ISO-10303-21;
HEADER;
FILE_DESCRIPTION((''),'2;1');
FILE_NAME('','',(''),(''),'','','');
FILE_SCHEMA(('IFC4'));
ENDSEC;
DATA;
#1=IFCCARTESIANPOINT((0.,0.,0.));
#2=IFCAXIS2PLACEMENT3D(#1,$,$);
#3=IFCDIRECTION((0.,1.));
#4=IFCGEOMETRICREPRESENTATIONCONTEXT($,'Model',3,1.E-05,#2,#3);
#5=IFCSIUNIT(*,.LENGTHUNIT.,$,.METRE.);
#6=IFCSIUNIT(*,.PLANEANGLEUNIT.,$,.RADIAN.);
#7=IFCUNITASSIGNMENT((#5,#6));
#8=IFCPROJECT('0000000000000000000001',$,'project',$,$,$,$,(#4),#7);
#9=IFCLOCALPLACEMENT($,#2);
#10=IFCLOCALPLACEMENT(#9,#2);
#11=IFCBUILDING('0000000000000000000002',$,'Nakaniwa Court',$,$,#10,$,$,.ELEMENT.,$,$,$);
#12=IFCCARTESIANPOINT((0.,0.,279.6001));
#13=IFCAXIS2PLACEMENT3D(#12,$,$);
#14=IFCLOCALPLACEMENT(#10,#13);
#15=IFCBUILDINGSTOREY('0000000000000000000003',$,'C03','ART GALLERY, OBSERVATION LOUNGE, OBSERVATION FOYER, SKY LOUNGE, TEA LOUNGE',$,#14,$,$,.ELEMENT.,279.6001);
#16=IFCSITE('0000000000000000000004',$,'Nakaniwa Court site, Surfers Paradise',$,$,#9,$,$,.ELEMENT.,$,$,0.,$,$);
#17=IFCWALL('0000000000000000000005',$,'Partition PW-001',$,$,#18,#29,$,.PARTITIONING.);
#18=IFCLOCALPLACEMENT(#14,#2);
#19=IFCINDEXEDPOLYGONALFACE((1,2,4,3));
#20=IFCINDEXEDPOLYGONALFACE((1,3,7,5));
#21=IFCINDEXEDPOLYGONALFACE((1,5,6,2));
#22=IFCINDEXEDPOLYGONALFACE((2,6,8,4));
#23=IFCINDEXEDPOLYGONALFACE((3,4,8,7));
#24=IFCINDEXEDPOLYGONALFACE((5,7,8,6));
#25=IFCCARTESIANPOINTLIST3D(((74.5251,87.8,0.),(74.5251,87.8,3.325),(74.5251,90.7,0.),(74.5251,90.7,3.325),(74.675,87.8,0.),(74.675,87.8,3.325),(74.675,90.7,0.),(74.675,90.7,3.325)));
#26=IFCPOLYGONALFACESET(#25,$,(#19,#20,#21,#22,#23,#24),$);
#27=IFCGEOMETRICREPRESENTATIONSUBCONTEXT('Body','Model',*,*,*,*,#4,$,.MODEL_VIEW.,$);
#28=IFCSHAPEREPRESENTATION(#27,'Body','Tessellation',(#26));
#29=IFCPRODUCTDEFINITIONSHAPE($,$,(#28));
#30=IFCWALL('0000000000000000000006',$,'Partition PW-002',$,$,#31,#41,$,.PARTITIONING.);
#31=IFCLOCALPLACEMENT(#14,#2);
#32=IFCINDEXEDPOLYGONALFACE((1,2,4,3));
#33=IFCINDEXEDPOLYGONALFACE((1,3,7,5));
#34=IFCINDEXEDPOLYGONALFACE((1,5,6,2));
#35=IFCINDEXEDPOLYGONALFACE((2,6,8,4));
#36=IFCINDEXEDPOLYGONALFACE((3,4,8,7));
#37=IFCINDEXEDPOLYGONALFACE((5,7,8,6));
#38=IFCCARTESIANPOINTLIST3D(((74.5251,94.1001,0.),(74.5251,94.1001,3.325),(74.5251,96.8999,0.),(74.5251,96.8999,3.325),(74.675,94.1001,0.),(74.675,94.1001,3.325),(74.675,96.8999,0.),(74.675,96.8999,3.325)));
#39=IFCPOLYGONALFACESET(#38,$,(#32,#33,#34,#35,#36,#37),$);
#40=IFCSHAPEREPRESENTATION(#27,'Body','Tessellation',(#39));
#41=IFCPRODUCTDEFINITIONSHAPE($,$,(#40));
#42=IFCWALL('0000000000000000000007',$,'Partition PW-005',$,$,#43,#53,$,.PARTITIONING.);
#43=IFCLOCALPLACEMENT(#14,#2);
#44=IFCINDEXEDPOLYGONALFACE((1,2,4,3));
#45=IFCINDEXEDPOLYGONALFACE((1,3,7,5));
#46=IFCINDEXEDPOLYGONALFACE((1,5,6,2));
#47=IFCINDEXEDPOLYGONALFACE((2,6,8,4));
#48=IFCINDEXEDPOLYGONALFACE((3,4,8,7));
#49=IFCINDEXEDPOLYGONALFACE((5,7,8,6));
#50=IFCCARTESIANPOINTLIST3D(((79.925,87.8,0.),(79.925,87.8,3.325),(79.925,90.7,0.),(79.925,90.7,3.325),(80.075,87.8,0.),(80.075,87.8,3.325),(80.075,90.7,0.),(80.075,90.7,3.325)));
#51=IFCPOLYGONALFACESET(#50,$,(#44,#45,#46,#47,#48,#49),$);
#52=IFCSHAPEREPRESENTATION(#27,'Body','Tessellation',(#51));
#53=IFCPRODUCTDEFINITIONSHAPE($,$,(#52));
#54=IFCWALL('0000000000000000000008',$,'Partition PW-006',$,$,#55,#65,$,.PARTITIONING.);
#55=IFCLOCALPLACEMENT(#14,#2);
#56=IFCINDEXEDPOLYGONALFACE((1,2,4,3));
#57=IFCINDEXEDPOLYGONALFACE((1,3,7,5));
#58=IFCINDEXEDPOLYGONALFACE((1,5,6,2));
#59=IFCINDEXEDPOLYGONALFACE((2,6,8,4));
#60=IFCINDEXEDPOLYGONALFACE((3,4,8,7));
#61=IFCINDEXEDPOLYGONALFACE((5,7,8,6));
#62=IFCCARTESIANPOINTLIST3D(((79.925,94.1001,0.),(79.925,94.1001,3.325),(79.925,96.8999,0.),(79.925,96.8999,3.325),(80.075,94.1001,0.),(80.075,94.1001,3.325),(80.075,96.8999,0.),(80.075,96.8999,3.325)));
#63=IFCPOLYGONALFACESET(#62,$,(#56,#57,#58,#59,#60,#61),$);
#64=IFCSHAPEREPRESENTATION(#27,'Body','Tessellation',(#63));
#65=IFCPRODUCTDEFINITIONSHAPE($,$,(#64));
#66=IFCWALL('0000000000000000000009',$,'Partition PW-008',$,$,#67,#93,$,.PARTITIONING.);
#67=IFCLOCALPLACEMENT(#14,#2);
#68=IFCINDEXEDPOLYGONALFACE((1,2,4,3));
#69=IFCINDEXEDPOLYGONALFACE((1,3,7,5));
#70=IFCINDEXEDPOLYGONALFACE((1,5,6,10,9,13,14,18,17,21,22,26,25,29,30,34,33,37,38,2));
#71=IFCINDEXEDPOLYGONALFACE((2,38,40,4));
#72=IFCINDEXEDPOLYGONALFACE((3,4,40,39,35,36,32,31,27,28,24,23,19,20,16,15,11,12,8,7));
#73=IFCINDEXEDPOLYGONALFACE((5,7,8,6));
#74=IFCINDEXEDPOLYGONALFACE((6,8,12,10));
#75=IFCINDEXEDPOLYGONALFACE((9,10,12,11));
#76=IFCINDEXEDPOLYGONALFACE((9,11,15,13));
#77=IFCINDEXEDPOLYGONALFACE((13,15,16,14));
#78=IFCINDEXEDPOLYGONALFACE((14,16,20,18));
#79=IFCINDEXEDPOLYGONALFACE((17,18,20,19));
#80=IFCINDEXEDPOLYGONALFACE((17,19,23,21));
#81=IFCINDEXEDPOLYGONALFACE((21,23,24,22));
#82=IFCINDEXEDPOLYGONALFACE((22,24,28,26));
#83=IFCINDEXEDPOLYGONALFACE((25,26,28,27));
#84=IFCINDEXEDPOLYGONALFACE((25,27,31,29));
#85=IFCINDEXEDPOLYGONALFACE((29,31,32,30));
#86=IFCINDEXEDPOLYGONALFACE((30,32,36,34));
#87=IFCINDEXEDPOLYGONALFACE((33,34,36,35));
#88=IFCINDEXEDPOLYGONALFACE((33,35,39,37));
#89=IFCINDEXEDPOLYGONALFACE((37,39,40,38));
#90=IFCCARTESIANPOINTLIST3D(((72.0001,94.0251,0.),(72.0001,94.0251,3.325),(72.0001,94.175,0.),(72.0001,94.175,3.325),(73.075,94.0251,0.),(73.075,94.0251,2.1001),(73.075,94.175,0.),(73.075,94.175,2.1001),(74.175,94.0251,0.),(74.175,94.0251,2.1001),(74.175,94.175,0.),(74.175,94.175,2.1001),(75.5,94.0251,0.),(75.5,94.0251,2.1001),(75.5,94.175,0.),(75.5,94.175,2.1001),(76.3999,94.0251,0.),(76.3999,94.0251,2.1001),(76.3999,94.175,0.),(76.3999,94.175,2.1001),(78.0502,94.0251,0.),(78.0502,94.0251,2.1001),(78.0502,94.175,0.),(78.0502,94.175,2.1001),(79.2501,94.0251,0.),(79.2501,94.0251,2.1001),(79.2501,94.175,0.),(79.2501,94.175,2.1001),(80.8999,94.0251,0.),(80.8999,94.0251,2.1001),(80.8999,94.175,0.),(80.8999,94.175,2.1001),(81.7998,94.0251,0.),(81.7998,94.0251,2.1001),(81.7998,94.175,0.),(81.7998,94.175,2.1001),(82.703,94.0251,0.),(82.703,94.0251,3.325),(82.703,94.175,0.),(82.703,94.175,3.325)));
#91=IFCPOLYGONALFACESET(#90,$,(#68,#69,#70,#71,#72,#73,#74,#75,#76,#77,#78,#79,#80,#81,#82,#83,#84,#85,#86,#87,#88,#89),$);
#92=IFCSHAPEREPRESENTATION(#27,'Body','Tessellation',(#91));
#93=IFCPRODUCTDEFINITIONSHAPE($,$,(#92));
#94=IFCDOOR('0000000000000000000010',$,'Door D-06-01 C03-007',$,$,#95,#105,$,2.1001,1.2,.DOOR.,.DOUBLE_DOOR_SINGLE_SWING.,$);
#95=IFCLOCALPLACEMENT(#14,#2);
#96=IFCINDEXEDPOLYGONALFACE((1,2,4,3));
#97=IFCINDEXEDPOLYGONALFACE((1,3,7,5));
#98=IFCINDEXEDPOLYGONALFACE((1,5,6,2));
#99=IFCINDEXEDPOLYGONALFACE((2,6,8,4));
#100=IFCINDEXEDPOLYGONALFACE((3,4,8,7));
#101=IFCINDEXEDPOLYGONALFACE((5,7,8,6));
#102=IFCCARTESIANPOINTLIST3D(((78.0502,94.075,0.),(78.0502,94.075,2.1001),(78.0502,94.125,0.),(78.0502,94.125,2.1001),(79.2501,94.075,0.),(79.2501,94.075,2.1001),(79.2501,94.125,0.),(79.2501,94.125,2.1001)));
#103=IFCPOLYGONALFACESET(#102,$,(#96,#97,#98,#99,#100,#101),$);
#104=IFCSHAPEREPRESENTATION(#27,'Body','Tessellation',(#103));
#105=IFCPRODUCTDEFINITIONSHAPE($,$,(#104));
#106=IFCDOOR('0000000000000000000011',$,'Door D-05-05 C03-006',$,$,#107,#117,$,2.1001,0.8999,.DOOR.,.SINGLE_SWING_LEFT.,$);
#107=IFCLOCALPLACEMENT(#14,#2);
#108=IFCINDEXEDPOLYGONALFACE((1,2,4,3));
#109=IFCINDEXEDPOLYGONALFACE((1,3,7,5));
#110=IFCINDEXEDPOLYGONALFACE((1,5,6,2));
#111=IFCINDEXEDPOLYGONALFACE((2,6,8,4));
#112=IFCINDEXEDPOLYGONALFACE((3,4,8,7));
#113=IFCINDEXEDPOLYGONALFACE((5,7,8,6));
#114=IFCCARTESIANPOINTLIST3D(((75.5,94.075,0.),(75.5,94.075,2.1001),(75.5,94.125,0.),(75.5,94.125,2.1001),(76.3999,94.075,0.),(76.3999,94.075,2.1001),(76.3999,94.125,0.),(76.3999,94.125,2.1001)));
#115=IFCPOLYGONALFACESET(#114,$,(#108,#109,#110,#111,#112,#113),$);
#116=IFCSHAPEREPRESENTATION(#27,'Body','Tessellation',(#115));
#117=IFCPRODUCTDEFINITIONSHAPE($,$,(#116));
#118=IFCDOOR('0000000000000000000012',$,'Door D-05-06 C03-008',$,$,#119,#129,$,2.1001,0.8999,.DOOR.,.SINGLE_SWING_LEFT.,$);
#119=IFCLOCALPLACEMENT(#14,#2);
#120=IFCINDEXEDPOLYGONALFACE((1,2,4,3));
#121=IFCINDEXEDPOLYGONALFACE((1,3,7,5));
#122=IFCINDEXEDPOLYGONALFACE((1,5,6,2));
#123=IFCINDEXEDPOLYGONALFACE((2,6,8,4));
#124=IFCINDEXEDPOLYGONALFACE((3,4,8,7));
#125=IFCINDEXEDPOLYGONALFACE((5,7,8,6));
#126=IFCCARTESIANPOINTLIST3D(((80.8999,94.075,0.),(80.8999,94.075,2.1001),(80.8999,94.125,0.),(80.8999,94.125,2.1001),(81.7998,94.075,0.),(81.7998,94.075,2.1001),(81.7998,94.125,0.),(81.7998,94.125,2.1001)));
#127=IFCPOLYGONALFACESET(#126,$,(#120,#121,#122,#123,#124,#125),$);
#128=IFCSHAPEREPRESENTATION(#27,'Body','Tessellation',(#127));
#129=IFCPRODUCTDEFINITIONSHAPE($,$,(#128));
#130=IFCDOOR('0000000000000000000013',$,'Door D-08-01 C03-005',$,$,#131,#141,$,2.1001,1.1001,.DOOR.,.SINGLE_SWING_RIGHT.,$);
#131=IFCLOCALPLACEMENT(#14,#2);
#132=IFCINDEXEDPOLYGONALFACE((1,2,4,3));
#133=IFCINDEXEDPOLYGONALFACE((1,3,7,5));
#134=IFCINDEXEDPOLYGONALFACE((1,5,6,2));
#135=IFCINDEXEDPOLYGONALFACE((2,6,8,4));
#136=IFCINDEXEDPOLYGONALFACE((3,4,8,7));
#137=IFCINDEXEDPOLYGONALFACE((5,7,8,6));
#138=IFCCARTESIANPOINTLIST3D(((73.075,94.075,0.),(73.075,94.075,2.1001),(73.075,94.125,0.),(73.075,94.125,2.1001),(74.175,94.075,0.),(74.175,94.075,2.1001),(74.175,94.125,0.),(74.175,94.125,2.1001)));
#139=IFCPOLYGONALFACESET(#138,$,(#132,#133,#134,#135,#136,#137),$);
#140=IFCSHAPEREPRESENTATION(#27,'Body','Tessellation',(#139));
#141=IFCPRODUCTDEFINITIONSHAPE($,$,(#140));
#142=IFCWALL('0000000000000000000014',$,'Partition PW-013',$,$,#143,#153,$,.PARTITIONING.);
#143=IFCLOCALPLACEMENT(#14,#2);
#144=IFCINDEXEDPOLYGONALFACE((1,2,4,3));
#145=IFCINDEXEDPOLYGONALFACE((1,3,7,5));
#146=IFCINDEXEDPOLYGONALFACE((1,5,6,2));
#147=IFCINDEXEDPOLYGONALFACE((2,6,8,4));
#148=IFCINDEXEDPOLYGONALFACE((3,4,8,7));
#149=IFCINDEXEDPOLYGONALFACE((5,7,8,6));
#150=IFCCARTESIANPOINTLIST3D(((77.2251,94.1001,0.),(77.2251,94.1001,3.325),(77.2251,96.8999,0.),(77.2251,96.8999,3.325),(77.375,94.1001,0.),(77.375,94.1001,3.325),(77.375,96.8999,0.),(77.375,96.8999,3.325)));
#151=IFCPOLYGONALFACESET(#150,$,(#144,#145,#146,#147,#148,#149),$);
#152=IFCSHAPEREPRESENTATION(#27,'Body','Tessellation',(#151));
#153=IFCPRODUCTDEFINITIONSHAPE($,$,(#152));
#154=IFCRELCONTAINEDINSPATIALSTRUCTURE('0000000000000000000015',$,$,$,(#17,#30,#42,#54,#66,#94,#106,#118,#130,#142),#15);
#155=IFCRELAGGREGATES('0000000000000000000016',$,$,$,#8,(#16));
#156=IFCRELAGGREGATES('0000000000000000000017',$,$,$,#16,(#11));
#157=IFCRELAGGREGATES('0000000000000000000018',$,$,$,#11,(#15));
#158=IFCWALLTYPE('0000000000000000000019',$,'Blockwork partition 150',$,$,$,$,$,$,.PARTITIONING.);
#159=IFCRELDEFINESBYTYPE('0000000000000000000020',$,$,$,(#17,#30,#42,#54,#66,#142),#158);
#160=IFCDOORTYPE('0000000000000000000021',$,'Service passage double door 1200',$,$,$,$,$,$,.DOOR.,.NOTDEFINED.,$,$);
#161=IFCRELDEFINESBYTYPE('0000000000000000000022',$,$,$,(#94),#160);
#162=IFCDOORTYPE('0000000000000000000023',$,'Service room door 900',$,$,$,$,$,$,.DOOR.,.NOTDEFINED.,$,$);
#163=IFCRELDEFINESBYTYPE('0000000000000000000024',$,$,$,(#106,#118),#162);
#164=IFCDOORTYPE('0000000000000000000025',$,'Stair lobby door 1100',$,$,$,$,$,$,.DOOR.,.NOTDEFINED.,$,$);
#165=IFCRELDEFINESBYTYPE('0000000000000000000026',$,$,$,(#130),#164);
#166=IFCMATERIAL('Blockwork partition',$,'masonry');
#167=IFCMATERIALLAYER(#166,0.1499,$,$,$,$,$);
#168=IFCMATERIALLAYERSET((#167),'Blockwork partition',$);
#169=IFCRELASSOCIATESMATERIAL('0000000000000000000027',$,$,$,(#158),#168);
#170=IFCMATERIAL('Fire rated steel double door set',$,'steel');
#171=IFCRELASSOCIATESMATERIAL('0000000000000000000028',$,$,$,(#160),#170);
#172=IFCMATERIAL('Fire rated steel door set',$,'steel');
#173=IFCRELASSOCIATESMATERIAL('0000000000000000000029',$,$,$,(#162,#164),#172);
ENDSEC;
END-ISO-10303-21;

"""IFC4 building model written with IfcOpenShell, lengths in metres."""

from ifc_helpers import new_model, si_unit, direction, frame, frame_2d, origin, place, context, subcontext, project, spatial, rectangle, extrude, material, layer, layer_set, type_object, element, fill, save


model = new_model("IFC4")

# Units and contexts
model_context = context("Model", 3, precision=1e-05, world=origin(), true_north=direction((0.0, 1.0)))
body_context = subcontext(model_context, "Body", "Model", "MODEL_VIEW")
ifc_project = project(units=[si_unit("LENGTHUNIT", "METRE"), si_unit("PLANEANGLEUNIT", "RADIAN")], contexts=[model_context])

# Site, building, storey
site_placement = place(None, origin())
site = spatial("IfcSite", under=ifc_project, at=site_placement, Name="Nakaniwa Court site, Surfers Paradise", CompositionType="ELEMENT", RefElevation=0.0)
building_placement = place(site_placement, origin())
building = spatial("IfcBuilding", under=site, at=building_placement, Name="Nakaniwa Court", CompositionType="ELEMENT")
storey_placement = place(building_placement, frame((0.0, 0.0, 279.6001)))
storey = spatial("IfcBuildingStorey", under=building, at=storey_placement, Name="C03", Description="ART GALLERY, OBSERVATION LOUNGE, OBSERVATION FOYER, SKY LOUNGE, TEA LOUNGE", CompositionType="ELEMENT", Elevation=279.6001)

# Walls
ifc_material_1 = material(Name="Blockwork partition", Category="masonry")
ifc_layer_1 = layer(ifc_material_1, 0.1499)
ifc_layer_set_1 = layer_set([ifc_layer_1], Name="Blockwork partition")
wall_type_1 = type_object("IfcWallType", Name="Blockwork partition 150", PredefinedType="PARTITIONING", material=ifc_layer_set_1)
wall_1_placement = place(storey_placement, frame((74.6001, 87.8, 0.0), z_axis=(0.0, 0.0, 1.0), x_axis=(0.0, 1.0, 0.0)))
element("IfcWall", 1, at=wall_1_placement, inside=storey, type_object=wall_type_1, Name="Partition PW-001", PredefinedType="PARTITIONING", context=body_context, shape_type="SweptSolid", body=[
    extrude(rectangle(XDim=2.8999, YDim=0.1499, at=frame_2d((1.45, 0.0))), origin(), (0.0, 0.0, 1.0), 3.325),
])
wall_2_placement = place(storey_placement, frame((74.6001, 94.1001, 0.0), z_axis=(0.0, 0.0, 1.0), x_axis=(0.0, 1.0, 0.0)))
element("IfcWall", 2, at=wall_2_placement, inside=storey, type_object=wall_type_1, Name="Partition PW-002", PredefinedType="PARTITIONING", context=body_context, shape_type="SweptSolid", body=[
    extrude(rectangle(XDim=2.7998, YDim=0.1499, at=frame_2d((1.3999, 0.0))), origin(), (0.0, 0.0, 1.0), 3.325),
])
wall_3_placement = place(storey_placement, frame((80.0, 87.8, 0.0), z_axis=(0.0, 0.0, 1.0), x_axis=(0.0, 1.0, 0.0)))
element("IfcWall", 3, at=wall_3_placement, inside=storey, type_object=wall_type_1, Name="Partition PW-005", PredefinedType="PARTITIONING", context=body_context, shape_type="SweptSolid", body=[
    extrude(rectangle(XDim=2.8999, YDim=0.1499, at=frame_2d((1.45, 0.0))), origin(), (0.0, 0.0, 1.0), 3.325),
])
wall_4_placement = place(storey_placement, frame((80.0, 94.1001, 0.0), z_axis=(0.0, 0.0, 1.0), x_axis=(0.0, 1.0, 0.0)))
element("IfcWall", 4, at=wall_4_placement, inside=storey, type_object=wall_type_1, Name="Partition PW-006", PredefinedType="PARTITIONING", context=body_context, shape_type="SweptSolid", body=[
    extrude(rectangle(XDim=2.7998, YDim=0.1499, at=frame_2d((1.3999, 0.0))), origin(), (0.0, 0.0, 1.0), 3.325),
])

# Wall, openings, doors
wall_5_placement = place(storey_placement, frame((72.0, 94.1001, 0.0), z_axis=(0.0, 0.0, 1.0), x_axis=(1.0, 0.0, 0.0)))
wall_5 = element("IfcWall", 5, at=wall_5_placement, inside=storey, type_object=wall_type_1, Name="Partition PW-008", PredefinedType="PARTITIONING", context=body_context, shape_type="SweptSolid", body=[
    extrude(rectangle(XDim=10.7029, YDim=0.1499, at=frame_2d((5.3516, 0.0))), origin(), (0.0, 0.0, 1.0), 3.325),
])
opening_1_placement = place(wall_5_placement, frame((1.075, 0.0, 0.0)))
opening_1 = element("IfcOpeningElement", 6, at=opening_1_placement, cuts=wall_5, PredefinedType="OPENING", context=body_context, shape_type="SweptSolid", body=[
    extrude(rectangle(XDim=1.1001, YDim=2.1001, at=frame_2d((0.55, 1.05))), frame((0.0, 0.085, 0.0), z_axis=(0.0, -1.0, 0.0), x_axis=(1.0, 0.0, 0.0)), (0.0, 0.0, 1.0), 0.1699),
])
opening_2_placement = place(wall_5_placement, frame((3.5, 0.0, 0.0)))
opening_2 = element("IfcOpeningElement", 7, at=opening_2_placement, cuts=wall_5, PredefinedType="OPENING", context=body_context, shape_type="SweptSolid", body=[
    extrude(rectangle(XDim=0.8999, YDim=2.1001, at=frame_2d((0.45, 1.05))), frame((0.0, 0.085, 0.0), z_axis=(0.0, -1.0, 0.0), x_axis=(1.0, 0.0, 0.0)), (0.0, 0.0, 1.0), 0.1699),
])
opening_3_placement = place(wall_5_placement, frame((6.05, 0.0, 0.0)))
opening_3 = element("IfcOpeningElement", 8, at=opening_3_placement, cuts=wall_5, PredefinedType="OPENING", context=body_context, shape_type="SweptSolid", body=[
    extrude(rectangle(XDim=1.2, YDim=2.1001, at=frame_2d((0.6001, 1.05))), frame((0.0, 0.085, 0.0), z_axis=(0.0, -1.0, 0.0), x_axis=(1.0, 0.0, 0.0)), (0.0, 0.0, 1.0), 0.1699),
])
opening_4_placement = place(wall_5_placement, frame((8.8999, 0.0, 0.0)))
opening_4 = element("IfcOpeningElement", 9, at=opening_4_placement, cuts=wall_5, PredefinedType="OPENING", context=body_context, shape_type="SweptSolid", body=[
    extrude(rectangle(XDim=0.8999, YDim=2.1001, at=frame_2d((0.45, 1.05))), frame((0.0, 0.085, 0.0), z_axis=(0.0, -1.0, 0.0), x_axis=(1.0, 0.0, 0.0)), (0.0, 0.0, 1.0), 0.1699),
])
ifc_material_2 = material(Name="Fire rated steel double door set", Category="steel")
door_type_1 = type_object("IfcDoorType", Name="Service passage double door 1200", OperationType="NOTDEFINED", PredefinedType="DOOR", material=ifc_material_2)
door_1_placement = place(opening_3_placement, origin())
door_1 = element("IfcDoor", 10, at=door_1_placement, inside=storey, type_object=door_type_1, Name="Door D-06-01 C03-007", OperationType="DOUBLE_DOOR_SINGLE_SWING", OverallHeight=2.1001, OverallWidth=1.2, PredefinedType="DOOR", context=body_context, shape_type="SweptSolid", body=[
    extrude(rectangle(XDim=1.2, YDim=2.1001, at=frame_2d((0.6001, 1.05))), frame((0.0, 0.0249, 0.0), z_axis=(0.0, -1.0, 0.0), x_axis=(1.0, 0.0, 0.0)), (0.0, 0.0, 1.0), 0.05),
])
fill(opening_3, door_1)
ifc_material_3 = material(Name="Fire rated steel door set", Category="steel")
door_type_2 = type_object("IfcDoorType", Name="Service room door 900", OperationType="NOTDEFINED", PredefinedType="DOOR", material=ifc_material_3)
door_2_placement = place(opening_2_placement, origin())
door_2 = element("IfcDoor", 11, at=door_2_placement, inside=storey, type_object=door_type_2, Name="Door D-05-05 C03-006", OperationType="SINGLE_SWING_LEFT", OverallHeight=2.1001, OverallWidth=0.8999, PredefinedType="DOOR", context=body_context, shape_type="SweptSolid", body=[
    extrude(rectangle(XDim=0.8999, YDim=2.1001, at=frame_2d((0.45, 1.05))), frame((0.0, 0.0249, 0.0), z_axis=(0.0, -1.0, 0.0), x_axis=(1.0, 0.0, 0.0)), (0.0, 0.0, 1.0), 0.05),
])
fill(opening_2, door_2)
door_3_placement = place(opening_4_placement, origin())
door_3 = element("IfcDoor", 12, at=door_3_placement, inside=storey, type_object=door_type_2, Name="Door D-05-06 C03-008", OperationType="SINGLE_SWING_LEFT", OverallHeight=2.1001, OverallWidth=0.8999, PredefinedType="DOOR", context=body_context, shape_type="SweptSolid", body=[
    extrude(rectangle(XDim=0.8999, YDim=2.1001, at=frame_2d((0.45, 1.05))), frame((0.0, 0.0249, 0.0), z_axis=(0.0, -1.0, 0.0), x_axis=(1.0, 0.0, 0.0)), (0.0, 0.0, 1.0), 0.05),
])
fill(opening_4, door_3)
door_type_3 = type_object("IfcDoorType", Name="Stair lobby door 1100", OperationType="NOTDEFINED", PredefinedType="DOOR", material=ifc_material_3)
door_4_placement = place(opening_1_placement, origin())
door_4 = element("IfcDoor", 13, at=door_4_placement, inside=storey, type_object=door_type_3, Name="Door D-08-01 C03-005", OperationType="SINGLE_SWING_RIGHT", OverallHeight=2.1001, OverallWidth=1.1001, PredefinedType="DOOR", context=body_context, shape_type="SweptSolid", body=[
    extrude(rectangle(XDim=1.1001, YDim=2.1001, at=frame_2d((0.55, 1.05))), frame((0.0, 0.0249, 0.0), z_axis=(0.0, -1.0, 0.0), x_axis=(1.0, 0.0, 0.0)), (0.0, 0.0, 1.0), 0.05),
])
fill(opening_1, door_4)

# Wall
wall_6_placement = place(storey_placement, frame((77.3, 94.1001, 0.0), z_axis=(0.0, 0.0, 1.0), x_axis=(0.0, 1.0, 0.0)))
element("IfcWall", 14, at=wall_6_placement, inside=storey, type_object=wall_type_1, Name="Partition PW-013", PredefinedType="PARTITIONING", context=body_context, shape_type="SweptSolid", body=[
    extrude(rectangle(XDim=2.7998, YDim=0.1499, at=frame_2d((1.3999, 0.0))), origin(), (0.0, 0.0, 1.0), 3.325),
])

save(model, "model.ifc")
